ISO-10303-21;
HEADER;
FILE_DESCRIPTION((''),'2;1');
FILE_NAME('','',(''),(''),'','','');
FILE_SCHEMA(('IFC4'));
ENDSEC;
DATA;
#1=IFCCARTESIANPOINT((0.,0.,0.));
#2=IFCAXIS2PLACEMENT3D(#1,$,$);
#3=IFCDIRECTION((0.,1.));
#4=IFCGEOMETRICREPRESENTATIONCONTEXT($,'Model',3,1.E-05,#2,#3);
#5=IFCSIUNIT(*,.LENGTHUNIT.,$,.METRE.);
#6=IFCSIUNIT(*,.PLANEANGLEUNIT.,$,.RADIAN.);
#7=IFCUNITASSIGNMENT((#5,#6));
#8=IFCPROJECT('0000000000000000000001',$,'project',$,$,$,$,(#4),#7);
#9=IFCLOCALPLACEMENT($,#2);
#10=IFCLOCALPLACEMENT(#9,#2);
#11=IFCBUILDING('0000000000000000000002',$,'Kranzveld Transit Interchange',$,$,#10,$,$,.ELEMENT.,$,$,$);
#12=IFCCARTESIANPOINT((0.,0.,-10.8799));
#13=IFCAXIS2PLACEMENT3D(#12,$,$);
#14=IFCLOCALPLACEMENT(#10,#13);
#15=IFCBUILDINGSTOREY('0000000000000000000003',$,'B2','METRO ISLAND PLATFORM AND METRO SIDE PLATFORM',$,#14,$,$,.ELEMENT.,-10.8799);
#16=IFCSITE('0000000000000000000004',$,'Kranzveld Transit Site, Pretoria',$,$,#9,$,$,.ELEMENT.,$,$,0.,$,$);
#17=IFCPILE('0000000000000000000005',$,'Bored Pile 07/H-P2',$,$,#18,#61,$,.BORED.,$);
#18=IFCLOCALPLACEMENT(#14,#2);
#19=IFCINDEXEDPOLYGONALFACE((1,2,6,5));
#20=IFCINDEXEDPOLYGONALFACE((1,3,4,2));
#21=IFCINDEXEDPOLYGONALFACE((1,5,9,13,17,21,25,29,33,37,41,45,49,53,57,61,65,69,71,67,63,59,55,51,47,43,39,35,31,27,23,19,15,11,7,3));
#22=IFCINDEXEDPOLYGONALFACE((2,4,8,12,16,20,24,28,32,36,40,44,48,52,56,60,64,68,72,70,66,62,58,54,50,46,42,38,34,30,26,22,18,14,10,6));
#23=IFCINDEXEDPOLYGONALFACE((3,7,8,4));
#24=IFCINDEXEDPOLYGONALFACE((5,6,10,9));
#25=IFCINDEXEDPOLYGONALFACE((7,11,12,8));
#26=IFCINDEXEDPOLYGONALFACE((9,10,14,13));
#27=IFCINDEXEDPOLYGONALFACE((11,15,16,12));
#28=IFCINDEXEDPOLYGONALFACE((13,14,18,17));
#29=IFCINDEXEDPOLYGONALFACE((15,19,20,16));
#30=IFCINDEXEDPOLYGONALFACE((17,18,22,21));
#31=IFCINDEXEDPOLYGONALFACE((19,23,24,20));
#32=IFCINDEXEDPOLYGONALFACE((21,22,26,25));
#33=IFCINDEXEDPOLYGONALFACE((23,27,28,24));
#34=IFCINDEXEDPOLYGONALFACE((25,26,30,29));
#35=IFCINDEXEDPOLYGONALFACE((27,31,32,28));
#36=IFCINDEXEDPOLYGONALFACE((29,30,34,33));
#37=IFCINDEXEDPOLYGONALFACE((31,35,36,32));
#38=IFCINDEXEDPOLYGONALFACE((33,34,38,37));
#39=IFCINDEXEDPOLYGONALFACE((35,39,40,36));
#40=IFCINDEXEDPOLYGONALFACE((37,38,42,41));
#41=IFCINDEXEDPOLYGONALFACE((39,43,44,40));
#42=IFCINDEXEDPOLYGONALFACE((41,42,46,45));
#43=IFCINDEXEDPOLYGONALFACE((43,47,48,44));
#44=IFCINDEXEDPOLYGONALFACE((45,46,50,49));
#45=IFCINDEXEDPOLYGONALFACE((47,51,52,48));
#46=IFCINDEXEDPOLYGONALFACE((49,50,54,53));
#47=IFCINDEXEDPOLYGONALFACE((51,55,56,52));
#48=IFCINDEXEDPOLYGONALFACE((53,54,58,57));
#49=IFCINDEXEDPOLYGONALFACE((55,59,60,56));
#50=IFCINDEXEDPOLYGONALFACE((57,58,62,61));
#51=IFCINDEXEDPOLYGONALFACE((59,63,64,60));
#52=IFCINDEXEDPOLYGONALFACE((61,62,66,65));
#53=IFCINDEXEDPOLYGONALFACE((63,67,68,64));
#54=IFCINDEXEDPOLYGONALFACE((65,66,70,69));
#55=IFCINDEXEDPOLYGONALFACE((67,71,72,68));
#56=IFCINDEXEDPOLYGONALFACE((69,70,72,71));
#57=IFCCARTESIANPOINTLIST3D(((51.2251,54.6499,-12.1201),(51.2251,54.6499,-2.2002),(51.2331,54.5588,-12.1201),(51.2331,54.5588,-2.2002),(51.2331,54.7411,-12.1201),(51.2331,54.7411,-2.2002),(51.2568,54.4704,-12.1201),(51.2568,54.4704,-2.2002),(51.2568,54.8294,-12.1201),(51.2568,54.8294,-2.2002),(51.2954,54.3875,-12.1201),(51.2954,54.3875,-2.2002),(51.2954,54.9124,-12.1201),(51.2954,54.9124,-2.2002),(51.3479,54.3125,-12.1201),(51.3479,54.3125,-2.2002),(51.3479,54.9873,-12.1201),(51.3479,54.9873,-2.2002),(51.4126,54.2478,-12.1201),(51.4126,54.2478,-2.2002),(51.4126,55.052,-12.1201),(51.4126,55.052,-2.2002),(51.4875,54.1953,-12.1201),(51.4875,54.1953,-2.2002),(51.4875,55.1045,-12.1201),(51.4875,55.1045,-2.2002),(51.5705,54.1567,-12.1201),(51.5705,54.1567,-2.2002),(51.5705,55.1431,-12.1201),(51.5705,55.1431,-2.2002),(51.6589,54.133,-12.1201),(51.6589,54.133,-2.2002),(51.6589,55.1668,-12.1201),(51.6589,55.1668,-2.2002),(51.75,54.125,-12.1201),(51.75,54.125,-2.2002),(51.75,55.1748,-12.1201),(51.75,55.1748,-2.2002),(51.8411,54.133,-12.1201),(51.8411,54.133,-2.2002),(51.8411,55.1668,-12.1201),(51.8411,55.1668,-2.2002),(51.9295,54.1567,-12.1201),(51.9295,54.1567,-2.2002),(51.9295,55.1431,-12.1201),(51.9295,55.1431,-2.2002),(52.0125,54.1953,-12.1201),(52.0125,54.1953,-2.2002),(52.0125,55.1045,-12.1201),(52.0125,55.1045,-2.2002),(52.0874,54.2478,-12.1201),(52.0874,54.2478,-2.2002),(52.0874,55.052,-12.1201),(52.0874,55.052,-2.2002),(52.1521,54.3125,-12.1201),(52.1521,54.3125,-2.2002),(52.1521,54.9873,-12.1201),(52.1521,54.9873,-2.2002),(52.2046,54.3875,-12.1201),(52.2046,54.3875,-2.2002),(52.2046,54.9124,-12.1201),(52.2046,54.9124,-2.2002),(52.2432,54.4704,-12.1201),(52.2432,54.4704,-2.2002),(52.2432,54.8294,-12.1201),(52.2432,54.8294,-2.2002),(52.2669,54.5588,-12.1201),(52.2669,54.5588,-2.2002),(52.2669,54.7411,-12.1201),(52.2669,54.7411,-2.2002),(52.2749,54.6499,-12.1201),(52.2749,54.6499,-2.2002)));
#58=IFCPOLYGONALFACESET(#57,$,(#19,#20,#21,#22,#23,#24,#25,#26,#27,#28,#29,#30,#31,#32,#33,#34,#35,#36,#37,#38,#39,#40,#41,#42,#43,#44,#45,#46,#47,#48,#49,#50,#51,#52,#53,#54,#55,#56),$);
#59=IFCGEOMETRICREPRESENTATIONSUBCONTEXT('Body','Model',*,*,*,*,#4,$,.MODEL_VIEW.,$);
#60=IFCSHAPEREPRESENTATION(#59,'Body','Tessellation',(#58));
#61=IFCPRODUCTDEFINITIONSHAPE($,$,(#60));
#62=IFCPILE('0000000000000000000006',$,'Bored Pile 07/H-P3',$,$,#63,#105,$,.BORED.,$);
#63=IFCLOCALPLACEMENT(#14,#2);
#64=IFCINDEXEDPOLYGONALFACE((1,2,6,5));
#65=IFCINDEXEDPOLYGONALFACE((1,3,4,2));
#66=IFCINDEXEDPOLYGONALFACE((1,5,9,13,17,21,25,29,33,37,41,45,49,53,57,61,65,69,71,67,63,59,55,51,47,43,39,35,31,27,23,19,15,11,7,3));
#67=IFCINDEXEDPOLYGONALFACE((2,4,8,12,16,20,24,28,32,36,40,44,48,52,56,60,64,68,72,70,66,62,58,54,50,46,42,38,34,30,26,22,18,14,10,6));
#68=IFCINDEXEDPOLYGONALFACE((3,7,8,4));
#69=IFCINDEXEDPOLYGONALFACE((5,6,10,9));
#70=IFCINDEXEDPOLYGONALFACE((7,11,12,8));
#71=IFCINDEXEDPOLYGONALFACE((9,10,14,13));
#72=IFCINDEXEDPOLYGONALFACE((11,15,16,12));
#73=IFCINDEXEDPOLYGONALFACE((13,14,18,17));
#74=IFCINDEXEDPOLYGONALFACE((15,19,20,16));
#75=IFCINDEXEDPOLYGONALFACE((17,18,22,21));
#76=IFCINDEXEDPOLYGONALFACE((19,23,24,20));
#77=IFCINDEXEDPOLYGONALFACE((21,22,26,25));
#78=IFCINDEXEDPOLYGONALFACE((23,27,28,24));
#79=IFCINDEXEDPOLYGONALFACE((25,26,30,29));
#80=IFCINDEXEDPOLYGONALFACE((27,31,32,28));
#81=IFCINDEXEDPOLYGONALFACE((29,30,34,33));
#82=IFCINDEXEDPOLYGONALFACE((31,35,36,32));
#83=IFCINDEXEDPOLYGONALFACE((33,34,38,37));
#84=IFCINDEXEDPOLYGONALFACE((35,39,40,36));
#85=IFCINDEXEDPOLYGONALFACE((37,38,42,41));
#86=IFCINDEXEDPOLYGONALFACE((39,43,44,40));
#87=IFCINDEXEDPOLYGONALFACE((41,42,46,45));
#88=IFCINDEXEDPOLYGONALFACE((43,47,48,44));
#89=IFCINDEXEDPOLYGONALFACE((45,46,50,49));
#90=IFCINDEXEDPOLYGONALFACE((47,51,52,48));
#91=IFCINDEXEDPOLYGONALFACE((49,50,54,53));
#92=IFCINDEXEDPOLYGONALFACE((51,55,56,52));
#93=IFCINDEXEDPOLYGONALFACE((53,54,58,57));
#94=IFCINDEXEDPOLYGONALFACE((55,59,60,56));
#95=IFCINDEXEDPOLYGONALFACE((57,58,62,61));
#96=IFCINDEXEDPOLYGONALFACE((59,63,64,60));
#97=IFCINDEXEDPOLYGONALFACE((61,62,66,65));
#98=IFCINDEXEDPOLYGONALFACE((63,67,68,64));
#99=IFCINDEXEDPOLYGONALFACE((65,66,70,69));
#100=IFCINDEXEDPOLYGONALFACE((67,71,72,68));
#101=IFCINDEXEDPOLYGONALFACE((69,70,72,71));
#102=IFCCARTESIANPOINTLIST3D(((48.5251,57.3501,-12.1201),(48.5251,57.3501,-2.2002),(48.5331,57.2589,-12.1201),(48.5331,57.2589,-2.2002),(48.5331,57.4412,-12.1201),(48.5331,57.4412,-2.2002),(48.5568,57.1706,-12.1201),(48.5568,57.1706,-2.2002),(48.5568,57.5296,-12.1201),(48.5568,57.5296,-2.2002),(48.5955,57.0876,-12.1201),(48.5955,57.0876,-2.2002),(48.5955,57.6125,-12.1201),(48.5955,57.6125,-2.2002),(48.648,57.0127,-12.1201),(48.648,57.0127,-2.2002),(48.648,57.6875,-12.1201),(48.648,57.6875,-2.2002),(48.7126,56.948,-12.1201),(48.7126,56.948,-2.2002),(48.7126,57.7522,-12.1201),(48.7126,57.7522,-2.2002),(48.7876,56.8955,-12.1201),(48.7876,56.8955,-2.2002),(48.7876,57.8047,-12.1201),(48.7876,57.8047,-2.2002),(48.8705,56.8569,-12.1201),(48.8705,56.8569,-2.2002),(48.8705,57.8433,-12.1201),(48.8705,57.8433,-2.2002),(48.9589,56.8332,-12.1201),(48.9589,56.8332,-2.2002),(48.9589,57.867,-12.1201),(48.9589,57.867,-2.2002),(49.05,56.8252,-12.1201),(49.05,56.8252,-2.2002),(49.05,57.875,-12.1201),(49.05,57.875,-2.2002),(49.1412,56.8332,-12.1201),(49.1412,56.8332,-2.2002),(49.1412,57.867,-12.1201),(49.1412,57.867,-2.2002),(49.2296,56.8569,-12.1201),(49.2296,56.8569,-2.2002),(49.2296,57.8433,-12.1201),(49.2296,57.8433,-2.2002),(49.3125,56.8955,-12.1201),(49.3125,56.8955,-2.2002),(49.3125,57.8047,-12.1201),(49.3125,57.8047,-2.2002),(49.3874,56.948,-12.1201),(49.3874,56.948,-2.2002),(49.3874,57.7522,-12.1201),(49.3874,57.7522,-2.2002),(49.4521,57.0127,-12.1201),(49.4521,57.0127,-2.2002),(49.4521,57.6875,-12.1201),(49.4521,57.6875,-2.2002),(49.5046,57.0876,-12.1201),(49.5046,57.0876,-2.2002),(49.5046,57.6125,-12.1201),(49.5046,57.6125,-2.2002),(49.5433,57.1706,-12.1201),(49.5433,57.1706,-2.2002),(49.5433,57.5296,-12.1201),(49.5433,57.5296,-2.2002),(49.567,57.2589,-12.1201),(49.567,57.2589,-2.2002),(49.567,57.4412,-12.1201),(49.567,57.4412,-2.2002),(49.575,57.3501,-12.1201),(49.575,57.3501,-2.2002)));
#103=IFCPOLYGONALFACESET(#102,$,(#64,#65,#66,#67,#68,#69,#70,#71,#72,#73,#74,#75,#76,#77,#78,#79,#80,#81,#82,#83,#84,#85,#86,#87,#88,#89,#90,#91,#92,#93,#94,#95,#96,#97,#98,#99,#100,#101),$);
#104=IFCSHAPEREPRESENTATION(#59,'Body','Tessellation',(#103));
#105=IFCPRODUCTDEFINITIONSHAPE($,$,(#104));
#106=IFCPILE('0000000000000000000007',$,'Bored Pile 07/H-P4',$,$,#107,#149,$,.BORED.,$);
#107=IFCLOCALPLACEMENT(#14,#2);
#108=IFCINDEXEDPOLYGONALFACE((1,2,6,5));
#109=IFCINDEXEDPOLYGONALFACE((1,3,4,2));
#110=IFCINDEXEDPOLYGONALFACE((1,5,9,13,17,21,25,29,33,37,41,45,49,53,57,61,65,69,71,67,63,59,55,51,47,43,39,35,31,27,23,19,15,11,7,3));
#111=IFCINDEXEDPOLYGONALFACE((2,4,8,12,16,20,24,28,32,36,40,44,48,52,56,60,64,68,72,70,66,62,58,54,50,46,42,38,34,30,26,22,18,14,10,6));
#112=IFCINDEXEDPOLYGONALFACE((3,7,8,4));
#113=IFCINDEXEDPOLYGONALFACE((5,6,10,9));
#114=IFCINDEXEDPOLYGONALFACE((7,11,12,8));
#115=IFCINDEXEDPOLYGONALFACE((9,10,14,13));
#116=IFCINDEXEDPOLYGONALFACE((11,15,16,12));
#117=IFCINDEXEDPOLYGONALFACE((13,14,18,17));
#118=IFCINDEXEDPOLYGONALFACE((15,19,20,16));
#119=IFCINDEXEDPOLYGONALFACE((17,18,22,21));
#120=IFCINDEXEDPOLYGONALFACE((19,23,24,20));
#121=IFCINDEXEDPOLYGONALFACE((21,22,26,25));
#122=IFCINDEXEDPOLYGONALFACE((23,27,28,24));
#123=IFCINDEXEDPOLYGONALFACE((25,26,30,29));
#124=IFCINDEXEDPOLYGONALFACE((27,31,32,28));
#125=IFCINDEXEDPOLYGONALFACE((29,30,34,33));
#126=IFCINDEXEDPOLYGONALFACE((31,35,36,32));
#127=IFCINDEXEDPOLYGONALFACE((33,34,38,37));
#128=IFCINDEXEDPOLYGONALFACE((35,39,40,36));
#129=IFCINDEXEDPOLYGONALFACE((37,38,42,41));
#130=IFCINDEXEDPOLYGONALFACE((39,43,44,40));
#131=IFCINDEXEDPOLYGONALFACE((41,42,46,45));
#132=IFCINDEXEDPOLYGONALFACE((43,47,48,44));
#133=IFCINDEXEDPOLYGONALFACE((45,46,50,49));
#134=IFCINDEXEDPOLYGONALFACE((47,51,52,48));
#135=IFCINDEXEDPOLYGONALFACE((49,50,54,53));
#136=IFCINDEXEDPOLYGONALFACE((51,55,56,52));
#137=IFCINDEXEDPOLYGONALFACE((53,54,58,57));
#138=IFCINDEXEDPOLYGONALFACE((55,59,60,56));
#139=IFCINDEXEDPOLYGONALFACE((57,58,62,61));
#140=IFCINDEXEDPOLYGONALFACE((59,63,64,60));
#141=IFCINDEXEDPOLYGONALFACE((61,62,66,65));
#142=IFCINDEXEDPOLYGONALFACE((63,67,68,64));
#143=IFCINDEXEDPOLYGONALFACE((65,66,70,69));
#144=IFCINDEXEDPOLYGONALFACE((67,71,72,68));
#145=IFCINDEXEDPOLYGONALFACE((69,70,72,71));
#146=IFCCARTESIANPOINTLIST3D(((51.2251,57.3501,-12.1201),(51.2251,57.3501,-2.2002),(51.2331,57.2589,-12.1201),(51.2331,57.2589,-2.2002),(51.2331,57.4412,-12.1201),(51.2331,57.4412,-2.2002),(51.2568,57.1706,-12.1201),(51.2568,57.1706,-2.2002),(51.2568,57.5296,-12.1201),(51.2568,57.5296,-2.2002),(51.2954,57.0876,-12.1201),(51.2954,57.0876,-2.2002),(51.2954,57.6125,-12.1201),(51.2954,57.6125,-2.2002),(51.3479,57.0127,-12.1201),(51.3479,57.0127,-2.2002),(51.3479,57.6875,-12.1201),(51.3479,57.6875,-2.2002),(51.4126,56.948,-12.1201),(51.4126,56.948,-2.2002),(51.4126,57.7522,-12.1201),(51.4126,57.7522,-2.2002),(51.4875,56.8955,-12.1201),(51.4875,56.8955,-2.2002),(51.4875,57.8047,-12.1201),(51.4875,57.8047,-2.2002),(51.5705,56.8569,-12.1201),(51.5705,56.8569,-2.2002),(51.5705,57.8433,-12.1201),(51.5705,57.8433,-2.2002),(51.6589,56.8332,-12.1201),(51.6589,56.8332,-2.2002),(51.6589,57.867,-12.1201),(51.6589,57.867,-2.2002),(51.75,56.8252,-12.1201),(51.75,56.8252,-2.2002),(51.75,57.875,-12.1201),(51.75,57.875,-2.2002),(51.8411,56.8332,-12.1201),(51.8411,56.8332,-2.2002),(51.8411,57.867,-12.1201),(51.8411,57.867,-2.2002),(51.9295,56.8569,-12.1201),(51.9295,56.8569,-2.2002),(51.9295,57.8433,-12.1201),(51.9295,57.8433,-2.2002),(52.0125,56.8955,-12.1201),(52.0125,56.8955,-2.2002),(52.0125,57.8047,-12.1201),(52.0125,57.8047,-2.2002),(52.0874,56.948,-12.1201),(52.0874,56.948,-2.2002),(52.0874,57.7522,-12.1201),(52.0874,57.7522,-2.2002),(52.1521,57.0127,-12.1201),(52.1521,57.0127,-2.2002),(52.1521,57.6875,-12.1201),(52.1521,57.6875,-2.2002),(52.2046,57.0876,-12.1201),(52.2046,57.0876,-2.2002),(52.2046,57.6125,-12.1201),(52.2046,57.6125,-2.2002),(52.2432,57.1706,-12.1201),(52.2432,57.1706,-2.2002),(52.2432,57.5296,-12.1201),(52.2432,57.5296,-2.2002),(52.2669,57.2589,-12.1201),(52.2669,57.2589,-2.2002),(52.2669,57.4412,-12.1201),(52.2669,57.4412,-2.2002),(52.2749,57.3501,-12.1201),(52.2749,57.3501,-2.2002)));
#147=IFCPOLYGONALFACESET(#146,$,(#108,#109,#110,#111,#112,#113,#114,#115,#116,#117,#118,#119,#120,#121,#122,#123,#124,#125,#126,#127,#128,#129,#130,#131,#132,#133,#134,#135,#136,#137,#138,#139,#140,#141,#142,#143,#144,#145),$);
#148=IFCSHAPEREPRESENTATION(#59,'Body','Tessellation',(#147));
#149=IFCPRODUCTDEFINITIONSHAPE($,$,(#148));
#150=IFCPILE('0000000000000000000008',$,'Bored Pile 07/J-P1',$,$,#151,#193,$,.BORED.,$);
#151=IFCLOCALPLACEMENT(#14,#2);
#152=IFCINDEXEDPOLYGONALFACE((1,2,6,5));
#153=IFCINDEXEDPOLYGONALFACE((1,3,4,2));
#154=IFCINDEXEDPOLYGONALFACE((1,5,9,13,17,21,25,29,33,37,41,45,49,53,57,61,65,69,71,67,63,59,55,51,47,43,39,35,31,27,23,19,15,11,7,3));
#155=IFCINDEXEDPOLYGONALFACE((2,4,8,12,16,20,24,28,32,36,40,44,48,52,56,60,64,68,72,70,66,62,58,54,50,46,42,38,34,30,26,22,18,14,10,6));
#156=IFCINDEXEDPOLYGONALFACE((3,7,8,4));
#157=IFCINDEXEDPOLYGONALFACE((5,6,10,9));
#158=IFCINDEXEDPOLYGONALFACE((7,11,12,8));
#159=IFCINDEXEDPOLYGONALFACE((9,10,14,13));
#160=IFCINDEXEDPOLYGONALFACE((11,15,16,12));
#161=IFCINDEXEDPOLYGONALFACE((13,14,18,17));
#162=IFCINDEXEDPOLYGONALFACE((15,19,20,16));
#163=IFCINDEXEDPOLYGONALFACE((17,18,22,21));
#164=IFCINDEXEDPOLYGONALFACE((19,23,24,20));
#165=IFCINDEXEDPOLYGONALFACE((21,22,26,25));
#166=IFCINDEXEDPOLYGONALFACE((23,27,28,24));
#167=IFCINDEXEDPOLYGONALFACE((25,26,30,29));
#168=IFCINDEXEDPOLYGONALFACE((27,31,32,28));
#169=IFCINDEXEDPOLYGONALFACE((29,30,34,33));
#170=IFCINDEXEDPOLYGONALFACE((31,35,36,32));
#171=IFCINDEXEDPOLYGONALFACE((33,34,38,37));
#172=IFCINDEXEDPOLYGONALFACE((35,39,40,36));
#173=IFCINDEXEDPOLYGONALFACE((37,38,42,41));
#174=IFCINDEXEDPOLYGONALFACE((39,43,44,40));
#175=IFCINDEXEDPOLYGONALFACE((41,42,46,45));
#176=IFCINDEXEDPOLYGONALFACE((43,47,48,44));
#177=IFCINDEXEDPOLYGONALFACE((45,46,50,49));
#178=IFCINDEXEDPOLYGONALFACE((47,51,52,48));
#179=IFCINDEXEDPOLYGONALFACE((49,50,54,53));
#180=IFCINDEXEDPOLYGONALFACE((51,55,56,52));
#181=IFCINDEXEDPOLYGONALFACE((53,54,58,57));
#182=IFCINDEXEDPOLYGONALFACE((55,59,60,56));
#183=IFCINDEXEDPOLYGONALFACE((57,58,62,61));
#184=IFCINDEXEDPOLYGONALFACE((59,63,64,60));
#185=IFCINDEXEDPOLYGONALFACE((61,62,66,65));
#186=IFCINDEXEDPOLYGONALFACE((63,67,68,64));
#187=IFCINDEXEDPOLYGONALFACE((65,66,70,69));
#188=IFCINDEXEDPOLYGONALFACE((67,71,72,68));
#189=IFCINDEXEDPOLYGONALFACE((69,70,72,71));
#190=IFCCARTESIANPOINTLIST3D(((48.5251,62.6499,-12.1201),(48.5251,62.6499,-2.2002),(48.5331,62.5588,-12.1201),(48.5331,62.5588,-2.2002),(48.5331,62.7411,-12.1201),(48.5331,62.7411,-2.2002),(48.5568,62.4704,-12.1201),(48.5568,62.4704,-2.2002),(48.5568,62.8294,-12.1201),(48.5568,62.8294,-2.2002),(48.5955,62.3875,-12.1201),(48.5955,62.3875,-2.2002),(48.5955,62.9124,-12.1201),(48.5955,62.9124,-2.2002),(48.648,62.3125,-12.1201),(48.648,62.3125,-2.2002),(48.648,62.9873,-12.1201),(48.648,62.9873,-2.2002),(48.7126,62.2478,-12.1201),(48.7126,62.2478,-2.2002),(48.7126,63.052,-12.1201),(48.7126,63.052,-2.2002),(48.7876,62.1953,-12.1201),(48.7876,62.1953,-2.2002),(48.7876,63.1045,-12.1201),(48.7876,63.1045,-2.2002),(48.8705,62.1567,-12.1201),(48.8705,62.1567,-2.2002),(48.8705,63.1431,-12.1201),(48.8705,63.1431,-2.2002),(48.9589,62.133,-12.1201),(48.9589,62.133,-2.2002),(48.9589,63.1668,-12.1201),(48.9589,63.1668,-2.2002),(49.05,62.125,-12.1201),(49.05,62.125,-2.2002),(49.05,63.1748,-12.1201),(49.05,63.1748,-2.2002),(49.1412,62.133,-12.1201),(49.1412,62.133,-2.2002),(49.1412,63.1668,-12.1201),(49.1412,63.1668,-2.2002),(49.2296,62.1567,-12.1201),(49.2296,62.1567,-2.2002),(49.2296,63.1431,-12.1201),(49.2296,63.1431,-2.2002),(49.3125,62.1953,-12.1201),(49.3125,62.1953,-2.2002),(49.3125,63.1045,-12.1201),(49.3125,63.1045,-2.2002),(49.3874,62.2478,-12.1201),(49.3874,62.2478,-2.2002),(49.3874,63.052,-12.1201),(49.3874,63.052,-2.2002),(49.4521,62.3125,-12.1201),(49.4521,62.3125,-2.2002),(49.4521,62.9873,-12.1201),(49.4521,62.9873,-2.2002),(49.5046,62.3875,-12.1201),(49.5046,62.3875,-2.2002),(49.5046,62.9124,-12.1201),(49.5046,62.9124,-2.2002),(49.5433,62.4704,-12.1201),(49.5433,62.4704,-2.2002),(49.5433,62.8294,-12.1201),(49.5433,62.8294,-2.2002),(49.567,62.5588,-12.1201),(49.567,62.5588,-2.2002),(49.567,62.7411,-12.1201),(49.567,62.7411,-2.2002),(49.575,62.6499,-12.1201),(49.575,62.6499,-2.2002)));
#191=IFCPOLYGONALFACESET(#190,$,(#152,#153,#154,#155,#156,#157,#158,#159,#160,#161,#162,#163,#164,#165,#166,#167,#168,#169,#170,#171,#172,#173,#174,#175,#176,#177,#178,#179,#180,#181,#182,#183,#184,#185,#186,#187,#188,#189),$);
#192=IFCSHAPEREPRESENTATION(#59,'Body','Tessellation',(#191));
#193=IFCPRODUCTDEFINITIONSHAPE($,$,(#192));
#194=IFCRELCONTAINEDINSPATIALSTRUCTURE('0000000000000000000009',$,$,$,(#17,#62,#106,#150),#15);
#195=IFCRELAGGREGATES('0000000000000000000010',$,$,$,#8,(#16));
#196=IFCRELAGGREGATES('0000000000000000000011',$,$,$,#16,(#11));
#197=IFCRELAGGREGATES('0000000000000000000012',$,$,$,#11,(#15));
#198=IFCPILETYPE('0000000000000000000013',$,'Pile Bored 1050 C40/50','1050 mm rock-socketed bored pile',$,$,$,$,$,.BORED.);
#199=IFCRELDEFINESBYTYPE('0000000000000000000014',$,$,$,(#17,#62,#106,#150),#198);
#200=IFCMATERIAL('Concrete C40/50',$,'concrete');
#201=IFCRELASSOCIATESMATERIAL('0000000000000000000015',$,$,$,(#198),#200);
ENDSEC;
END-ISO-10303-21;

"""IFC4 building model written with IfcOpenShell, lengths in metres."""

from ifc_helpers import new_model, si_unit, direction, frame, origin, origin_2d, place, context, subcontext, project, spatial, circle, extrude, material, material_profile, profile_set, type_object, element, save


model = new_model("IFC4")

# Units and contexts
model_context = context("Model", 3, precision=1e-05, world=origin(), true_north=direction((0.0, 1.0)))
body_context = subcontext(model_context, "Body", "Model", "MODEL_VIEW")
ifc_project = project(units=[si_unit("LENGTHUNIT", "METRE"), si_unit("PLANEANGLEUNIT", "RADIAN")], contexts=[model_context])

# Site, building, storey
site_placement = place(None, origin())
site = spatial("IfcSite", under=ifc_project, at=site_placement, Name="Kranzveld Transit Site, Pretoria", CompositionType="ELEMENT", RefElevation=0.0)
building_placement = place(site_placement, origin())
building = spatial("IfcBuilding", under=site, at=building_placement, Name="Kranzveld Transit Interchange", CompositionType="ELEMENT")
storey_placement = place(building_placement, frame((0.0, 0.0, -10.8799)))
storey = spatial("IfcBuildingStorey", under=building, at=storey_placement, Name="B2", Description="METRO ISLAND PLATFORM AND METRO SIDE PLATFORM", CompositionType="ELEMENT", Elevation=-10.8799)

# Piles
ifc_material_1 = material(Name="Concrete C40/50", Category="concrete")
ifc_material_profile_1 = material_profile(ifc_material_1, circle(Radius=0.5249, at=origin_2d()), Name="BORED PILE 1050")
ifc_profile_set_1 = profile_set([ifc_material_profile_1], Name="Concrete C40/50")
pile_type = type_object("IfcPileType", Name="Pile Bored 1050 C40/50", Description="1050 mm rock-socketed bored pile", PredefinedType="BORED", material=ifc_profile_set_1)
for number, where, z_axis, x_axis, name in (
    (1, (51.75, 54.6499, -2.2002), (0.0, 0.0, -1.0), (1.0, 0.0, 0.0), "Bored Pile 07/H-P2"),
    (2, (49.05, 57.3501, -2.2002), (0.0, 0.0, -1.0), (1.0, 0.0, 0.0), "Bored Pile 07/H-P3"),
    (3, (51.75, 57.3501, -2.2002), (0.0, 0.0, -1.0), (1.0, 0.0, 0.0), "Bored Pile 07/H-P4"),
    (4, (49.05, 62.6499, -2.2002), (0.0, 0.0, -1.0), (1.0, 0.0, 0.0), "Bored Pile 07/J-P1"),
):
    element("IfcPile", number, at=place(storey_placement, frame(where, z_axis=z_axis, x_axis=x_axis)), inside=storey, type_object=pile_type, Name=name, PredefinedType="BORED", context=body_context, shape_type="SweptSolid", body=[
        extrude(circle(Radius=0.5249, at=origin_2d()), origin(), (0.0, 0.0, 1.0), 9.9199),
    ])

save(model, "model.ifc")
